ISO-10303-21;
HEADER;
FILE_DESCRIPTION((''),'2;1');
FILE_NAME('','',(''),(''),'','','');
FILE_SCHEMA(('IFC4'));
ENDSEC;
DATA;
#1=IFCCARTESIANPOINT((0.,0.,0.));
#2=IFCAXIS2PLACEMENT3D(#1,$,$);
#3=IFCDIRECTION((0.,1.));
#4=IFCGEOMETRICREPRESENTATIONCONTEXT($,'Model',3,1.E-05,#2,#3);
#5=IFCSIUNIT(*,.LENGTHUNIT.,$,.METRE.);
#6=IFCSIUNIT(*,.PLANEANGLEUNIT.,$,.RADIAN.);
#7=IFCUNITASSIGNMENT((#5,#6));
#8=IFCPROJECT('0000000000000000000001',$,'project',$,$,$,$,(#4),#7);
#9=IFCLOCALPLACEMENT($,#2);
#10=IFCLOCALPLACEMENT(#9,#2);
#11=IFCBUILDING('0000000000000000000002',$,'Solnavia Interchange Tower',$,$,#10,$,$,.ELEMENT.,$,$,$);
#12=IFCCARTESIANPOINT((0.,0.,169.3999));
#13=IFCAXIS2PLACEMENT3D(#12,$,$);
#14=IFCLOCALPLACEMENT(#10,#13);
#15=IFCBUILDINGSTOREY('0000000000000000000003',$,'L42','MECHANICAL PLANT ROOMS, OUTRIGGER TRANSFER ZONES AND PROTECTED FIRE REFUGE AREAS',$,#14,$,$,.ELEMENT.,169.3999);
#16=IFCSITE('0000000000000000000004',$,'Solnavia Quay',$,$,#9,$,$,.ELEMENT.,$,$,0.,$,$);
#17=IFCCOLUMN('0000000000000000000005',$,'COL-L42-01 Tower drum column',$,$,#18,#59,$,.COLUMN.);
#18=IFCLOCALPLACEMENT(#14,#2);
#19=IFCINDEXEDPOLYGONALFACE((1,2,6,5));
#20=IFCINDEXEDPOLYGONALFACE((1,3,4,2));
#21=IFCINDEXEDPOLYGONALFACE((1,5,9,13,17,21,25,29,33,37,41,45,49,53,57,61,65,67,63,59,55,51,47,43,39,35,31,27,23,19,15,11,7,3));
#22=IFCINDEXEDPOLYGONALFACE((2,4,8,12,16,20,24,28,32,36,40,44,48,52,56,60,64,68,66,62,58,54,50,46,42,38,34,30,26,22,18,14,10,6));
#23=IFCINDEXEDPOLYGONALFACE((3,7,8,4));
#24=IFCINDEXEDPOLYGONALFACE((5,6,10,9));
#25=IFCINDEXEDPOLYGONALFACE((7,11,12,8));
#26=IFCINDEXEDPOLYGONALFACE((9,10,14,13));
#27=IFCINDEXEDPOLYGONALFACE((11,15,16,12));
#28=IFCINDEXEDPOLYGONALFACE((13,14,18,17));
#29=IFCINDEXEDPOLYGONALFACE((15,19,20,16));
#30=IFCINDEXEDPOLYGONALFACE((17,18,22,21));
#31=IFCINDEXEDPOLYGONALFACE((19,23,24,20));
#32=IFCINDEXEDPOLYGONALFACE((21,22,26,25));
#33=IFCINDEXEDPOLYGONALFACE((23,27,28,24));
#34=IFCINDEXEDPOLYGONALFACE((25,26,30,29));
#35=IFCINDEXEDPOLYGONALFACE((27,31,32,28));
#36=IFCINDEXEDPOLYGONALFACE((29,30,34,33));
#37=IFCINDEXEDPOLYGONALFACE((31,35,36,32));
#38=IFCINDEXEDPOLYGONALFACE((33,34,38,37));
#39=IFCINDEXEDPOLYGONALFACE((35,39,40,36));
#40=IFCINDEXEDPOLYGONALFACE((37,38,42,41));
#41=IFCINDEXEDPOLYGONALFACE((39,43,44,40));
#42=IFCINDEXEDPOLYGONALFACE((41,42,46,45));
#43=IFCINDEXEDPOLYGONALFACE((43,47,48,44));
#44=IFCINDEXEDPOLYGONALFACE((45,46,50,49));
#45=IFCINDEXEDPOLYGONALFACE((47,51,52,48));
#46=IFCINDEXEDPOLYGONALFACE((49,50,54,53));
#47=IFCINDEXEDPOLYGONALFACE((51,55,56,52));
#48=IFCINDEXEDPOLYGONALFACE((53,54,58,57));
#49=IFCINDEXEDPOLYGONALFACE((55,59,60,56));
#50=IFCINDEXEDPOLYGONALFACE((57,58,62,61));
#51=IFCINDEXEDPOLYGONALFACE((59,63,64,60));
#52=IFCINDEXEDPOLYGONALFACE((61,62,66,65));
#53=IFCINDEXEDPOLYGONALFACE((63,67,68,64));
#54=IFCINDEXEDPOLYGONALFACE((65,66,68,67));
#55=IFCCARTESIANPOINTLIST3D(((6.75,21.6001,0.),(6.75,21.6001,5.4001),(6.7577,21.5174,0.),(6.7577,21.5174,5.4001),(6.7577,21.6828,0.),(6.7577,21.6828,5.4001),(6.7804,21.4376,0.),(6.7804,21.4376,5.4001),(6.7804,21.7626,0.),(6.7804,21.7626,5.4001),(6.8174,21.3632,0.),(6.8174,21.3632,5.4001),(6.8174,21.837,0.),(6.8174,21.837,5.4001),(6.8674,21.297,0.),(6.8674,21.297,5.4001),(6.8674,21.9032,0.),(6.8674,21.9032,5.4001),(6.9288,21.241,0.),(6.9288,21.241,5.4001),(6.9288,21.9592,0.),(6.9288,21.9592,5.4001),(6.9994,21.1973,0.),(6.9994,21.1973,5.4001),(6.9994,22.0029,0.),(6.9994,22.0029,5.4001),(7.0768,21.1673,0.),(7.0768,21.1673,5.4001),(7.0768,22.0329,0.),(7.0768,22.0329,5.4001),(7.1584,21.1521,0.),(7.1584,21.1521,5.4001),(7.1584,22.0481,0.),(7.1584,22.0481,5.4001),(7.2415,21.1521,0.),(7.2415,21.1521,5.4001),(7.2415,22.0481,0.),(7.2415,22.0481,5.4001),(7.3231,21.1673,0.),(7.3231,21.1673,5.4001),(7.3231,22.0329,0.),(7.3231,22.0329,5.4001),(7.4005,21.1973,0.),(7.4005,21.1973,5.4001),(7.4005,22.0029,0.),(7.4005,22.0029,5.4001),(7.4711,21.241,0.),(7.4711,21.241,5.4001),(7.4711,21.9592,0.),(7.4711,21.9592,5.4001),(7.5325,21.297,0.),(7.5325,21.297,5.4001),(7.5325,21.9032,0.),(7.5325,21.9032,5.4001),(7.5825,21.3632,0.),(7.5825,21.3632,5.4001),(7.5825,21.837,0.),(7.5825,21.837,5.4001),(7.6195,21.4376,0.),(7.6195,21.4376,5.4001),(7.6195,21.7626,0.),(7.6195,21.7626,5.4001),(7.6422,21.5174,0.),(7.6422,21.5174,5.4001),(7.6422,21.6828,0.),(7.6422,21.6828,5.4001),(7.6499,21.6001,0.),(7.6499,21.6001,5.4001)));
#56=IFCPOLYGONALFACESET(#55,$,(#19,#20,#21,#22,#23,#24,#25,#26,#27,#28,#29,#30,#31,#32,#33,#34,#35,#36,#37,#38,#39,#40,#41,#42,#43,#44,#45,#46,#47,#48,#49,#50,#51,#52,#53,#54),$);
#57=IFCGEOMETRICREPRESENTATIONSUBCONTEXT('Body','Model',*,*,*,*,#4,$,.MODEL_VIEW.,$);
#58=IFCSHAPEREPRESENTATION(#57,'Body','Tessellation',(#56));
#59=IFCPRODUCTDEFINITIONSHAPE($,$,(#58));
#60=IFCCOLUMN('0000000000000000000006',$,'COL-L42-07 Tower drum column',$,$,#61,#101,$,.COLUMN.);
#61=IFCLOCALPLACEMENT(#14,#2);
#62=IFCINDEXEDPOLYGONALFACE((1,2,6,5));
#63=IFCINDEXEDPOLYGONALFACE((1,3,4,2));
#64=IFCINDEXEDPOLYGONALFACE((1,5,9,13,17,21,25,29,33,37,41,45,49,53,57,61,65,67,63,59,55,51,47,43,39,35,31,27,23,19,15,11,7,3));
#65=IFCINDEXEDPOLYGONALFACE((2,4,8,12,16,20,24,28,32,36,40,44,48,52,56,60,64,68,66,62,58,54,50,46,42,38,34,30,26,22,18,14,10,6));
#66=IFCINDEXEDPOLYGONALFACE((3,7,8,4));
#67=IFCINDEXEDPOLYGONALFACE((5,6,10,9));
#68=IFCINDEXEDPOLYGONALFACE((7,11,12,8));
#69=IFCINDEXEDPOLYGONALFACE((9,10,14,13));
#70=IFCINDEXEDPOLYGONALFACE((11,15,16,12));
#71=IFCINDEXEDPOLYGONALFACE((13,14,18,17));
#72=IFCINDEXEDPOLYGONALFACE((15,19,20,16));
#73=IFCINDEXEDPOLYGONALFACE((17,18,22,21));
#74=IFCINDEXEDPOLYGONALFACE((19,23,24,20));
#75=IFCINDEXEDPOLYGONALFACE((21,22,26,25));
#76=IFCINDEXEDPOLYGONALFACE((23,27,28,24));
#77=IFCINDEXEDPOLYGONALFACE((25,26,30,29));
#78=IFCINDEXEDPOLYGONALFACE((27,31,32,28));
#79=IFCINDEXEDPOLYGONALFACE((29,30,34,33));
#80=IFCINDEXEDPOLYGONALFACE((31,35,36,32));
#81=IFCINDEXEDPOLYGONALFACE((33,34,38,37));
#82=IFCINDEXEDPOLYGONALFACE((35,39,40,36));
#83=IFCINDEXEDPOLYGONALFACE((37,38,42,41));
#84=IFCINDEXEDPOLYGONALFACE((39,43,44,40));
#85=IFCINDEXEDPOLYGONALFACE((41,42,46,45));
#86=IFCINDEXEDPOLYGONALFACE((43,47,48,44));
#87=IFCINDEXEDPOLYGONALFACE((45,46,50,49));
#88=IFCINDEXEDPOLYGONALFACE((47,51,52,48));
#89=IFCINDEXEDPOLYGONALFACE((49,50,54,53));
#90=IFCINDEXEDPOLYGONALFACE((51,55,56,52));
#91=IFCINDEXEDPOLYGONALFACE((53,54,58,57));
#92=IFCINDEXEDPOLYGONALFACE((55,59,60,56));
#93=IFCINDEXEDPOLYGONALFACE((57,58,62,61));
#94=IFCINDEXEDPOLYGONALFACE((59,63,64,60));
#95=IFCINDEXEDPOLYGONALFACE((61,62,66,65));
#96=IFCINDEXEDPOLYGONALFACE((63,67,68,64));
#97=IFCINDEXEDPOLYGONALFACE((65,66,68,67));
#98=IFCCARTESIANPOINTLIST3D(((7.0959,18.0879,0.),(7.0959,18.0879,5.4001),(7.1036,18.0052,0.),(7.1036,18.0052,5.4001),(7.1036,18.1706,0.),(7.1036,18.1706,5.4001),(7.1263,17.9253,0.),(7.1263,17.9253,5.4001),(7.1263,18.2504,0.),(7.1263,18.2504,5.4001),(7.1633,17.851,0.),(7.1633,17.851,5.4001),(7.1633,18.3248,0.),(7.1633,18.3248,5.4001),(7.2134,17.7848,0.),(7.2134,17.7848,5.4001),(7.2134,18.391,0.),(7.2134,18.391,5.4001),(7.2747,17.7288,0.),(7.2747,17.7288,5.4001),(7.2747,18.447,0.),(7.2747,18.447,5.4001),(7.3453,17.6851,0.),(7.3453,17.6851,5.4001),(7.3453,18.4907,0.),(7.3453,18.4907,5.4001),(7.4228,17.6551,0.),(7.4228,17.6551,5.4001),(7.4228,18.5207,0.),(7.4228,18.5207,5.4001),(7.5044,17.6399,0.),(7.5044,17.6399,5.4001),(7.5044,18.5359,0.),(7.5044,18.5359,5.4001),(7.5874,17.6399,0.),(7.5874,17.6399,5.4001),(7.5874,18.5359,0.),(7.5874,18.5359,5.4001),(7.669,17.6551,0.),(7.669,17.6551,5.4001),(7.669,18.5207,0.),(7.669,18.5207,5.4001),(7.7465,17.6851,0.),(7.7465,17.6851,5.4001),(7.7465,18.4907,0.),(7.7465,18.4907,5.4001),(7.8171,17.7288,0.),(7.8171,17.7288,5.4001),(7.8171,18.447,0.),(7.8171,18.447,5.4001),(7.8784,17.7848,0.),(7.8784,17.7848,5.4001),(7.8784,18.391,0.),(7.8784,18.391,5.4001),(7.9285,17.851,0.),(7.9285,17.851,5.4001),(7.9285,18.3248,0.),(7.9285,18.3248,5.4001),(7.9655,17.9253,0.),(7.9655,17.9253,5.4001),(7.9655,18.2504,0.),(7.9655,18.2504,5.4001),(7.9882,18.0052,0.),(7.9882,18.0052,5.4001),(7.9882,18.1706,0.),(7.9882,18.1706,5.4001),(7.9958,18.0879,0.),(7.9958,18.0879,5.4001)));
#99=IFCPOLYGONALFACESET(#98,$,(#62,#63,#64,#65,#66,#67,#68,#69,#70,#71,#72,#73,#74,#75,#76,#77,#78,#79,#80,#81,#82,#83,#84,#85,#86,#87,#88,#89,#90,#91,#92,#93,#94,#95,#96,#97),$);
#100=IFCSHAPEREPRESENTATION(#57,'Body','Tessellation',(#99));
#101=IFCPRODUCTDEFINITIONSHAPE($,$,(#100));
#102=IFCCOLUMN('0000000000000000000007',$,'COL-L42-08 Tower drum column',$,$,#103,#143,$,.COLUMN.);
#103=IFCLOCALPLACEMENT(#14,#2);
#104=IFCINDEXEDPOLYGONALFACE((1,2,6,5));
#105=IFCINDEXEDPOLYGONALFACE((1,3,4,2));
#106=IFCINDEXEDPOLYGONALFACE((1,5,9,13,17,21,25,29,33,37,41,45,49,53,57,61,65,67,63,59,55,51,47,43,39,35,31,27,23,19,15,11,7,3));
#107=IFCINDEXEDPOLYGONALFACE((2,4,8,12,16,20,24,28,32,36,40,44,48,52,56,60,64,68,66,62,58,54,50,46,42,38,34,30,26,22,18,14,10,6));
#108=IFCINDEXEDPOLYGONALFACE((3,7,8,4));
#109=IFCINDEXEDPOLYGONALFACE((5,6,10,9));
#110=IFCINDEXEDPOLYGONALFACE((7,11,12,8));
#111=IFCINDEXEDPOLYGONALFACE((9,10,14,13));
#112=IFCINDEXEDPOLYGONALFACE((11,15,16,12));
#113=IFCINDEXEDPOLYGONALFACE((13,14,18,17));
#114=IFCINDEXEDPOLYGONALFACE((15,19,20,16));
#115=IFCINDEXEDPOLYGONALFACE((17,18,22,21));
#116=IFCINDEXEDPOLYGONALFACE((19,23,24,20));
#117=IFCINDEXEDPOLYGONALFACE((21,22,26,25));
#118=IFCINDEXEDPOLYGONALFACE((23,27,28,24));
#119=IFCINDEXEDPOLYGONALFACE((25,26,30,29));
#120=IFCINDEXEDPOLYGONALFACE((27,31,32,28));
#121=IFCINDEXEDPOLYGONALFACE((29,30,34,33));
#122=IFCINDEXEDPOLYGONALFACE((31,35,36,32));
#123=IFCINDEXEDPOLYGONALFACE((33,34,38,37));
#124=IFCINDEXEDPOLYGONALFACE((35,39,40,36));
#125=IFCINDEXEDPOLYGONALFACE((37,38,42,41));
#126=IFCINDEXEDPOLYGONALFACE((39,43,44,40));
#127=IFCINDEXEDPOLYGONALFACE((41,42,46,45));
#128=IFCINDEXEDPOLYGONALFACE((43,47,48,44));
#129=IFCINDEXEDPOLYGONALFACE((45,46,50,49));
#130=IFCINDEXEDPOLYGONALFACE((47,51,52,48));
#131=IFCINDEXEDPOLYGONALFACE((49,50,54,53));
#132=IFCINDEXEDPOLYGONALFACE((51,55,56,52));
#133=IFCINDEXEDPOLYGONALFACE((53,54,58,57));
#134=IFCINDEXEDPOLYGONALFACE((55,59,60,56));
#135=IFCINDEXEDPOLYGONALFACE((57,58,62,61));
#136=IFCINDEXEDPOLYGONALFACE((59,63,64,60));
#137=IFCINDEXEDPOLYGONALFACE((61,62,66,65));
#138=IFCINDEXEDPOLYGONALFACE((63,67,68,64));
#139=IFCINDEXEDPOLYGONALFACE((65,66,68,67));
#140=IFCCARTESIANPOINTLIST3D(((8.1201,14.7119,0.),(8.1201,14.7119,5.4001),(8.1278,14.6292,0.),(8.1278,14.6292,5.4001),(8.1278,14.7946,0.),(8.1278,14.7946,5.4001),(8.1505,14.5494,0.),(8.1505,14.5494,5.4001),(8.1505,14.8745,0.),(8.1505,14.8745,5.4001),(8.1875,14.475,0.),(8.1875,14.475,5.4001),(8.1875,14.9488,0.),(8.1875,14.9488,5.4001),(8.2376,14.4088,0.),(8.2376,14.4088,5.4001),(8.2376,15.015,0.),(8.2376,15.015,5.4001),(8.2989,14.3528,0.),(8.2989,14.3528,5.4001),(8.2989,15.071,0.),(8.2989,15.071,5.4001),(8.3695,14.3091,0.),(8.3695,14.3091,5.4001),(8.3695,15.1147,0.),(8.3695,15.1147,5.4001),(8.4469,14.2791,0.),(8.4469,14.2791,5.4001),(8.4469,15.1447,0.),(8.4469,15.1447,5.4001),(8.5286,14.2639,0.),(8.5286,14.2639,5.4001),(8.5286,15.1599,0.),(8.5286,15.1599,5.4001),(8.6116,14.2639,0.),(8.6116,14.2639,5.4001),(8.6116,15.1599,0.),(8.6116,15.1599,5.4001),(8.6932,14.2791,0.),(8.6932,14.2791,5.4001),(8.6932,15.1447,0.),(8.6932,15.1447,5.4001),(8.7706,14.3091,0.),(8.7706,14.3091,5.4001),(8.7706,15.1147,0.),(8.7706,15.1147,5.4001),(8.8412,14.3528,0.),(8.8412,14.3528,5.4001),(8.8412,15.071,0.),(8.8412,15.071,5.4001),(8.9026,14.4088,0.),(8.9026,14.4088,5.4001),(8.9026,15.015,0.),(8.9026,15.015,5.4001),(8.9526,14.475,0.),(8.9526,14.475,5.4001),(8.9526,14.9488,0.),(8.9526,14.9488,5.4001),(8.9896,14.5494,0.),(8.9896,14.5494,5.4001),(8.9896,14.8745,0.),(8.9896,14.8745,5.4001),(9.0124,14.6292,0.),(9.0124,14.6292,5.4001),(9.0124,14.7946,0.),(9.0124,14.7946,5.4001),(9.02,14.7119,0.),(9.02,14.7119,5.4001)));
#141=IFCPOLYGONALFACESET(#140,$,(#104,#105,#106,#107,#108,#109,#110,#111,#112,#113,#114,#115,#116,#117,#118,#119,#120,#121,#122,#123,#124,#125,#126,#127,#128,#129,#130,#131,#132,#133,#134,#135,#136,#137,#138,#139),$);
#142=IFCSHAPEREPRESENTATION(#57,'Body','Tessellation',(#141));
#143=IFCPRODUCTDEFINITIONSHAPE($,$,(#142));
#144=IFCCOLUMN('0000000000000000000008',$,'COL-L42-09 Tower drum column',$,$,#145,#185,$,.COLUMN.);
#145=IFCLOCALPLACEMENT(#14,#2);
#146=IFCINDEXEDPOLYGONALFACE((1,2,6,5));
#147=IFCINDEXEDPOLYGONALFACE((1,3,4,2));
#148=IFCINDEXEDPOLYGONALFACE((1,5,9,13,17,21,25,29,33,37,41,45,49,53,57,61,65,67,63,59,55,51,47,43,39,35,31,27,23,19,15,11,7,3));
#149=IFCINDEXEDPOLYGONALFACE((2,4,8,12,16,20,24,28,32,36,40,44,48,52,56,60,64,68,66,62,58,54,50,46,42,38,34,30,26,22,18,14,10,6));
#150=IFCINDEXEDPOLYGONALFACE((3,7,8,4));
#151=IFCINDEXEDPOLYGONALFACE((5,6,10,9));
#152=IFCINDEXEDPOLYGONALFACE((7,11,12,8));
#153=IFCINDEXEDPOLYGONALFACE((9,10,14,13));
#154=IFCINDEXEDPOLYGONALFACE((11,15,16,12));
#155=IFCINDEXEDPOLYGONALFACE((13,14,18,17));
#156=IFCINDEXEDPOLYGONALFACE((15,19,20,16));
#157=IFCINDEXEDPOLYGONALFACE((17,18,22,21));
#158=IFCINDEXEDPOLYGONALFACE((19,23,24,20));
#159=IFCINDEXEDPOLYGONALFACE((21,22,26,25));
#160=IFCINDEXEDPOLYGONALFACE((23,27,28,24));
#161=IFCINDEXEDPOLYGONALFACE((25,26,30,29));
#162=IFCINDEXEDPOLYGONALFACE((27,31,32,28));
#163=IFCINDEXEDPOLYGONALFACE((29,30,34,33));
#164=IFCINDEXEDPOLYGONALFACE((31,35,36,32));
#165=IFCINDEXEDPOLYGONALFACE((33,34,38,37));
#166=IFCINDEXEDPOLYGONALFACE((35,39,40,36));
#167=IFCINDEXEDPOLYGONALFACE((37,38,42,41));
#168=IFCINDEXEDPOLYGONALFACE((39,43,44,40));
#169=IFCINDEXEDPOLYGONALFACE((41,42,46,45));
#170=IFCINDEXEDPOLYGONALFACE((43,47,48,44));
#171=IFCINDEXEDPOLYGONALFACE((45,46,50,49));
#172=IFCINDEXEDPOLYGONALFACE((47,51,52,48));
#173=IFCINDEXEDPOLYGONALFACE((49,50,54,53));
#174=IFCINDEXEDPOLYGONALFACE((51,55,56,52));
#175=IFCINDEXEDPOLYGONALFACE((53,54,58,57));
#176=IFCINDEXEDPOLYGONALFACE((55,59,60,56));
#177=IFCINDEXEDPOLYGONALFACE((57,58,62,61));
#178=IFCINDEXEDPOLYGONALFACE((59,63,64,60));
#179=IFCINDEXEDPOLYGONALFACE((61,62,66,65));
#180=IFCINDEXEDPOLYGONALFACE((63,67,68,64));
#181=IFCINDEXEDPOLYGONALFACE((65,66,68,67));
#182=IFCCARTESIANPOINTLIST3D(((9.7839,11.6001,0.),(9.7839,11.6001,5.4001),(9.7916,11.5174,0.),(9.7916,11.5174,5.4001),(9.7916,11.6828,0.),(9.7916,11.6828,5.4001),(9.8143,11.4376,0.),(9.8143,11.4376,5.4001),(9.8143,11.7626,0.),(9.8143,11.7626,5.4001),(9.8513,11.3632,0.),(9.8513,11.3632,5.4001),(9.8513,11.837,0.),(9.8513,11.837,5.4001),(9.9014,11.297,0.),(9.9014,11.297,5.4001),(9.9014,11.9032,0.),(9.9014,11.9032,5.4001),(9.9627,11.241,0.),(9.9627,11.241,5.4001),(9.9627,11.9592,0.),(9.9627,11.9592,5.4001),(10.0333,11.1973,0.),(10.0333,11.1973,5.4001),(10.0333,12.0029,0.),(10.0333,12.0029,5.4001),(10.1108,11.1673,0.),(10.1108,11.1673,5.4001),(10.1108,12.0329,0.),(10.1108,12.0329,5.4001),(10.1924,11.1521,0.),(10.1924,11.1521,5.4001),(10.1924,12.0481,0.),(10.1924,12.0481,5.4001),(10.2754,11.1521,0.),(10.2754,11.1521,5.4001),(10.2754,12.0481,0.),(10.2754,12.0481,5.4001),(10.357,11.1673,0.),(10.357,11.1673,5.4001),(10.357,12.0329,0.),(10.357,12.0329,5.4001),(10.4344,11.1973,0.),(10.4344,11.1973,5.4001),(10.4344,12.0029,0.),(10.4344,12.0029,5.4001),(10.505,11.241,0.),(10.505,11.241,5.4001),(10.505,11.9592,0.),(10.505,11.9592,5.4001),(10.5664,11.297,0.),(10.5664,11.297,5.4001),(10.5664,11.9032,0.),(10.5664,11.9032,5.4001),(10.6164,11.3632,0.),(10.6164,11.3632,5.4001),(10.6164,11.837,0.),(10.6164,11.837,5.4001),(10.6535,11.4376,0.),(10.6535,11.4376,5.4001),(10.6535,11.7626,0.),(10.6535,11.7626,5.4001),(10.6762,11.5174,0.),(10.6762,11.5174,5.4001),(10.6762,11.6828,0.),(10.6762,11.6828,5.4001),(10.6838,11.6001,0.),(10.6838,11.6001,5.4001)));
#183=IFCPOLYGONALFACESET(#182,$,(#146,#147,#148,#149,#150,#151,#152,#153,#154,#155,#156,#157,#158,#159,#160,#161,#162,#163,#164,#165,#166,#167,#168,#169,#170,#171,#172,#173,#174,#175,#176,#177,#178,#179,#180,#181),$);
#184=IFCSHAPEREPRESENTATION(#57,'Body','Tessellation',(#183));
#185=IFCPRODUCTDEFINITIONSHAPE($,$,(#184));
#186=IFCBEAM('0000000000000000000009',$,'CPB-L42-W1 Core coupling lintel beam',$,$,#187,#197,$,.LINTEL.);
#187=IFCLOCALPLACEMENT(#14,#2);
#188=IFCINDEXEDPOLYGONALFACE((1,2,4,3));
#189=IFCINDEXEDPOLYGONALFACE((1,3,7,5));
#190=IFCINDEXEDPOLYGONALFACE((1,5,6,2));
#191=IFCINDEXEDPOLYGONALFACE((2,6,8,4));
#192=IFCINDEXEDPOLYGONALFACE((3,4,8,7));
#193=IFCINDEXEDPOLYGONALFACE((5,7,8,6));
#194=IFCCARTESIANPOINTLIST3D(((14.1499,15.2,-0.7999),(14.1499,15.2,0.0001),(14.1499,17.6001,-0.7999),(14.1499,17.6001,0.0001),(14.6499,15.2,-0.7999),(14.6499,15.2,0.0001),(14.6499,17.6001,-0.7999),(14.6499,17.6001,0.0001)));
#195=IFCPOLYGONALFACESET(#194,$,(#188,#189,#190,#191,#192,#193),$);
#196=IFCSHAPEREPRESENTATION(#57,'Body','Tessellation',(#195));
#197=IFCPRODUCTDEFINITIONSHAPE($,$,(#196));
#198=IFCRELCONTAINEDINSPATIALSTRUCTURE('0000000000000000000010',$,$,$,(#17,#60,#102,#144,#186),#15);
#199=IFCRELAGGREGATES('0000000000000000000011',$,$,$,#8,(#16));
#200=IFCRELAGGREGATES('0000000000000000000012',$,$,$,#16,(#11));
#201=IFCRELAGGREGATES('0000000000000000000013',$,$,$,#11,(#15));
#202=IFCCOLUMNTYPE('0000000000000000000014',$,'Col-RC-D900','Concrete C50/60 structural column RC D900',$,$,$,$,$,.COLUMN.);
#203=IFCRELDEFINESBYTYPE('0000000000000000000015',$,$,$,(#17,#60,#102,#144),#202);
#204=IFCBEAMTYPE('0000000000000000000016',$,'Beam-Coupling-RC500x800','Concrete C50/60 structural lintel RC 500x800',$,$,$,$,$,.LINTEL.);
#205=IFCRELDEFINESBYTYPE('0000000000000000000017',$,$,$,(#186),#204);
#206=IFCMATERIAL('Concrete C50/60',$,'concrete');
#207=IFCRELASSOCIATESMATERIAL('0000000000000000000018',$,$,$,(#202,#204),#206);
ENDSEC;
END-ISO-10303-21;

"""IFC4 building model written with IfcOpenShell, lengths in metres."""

from ifc_helpers import new_model, si_unit, direction, frame, origin, origin_2d, place, context, subcontext, project, spatial, rectangle, circle, extrude, material, material_profile, profile_set, type_object, element, save


model = new_model("IFC4")

# Units and contexts
model_context = context("Model", 3, precision=1e-05, world=origin(), true_north=direction((0.0, 1.0)))
body_context = subcontext(model_context, "Body", "Model", "MODEL_VIEW")
ifc_project = project(units=[si_unit("LENGTHUNIT", "METRE"), si_unit("PLANEANGLEUNIT", "RADIAN")], contexts=[model_context])

# Site, building, storey
site_placement = place(None, origin())
site = spatial("IfcSite", under=ifc_project, at=site_placement, Name="Solnavia Quay", CompositionType="ELEMENT", RefElevation=0.0)
building_placement = place(site_placement, origin())
building = spatial("IfcBuilding", under=site, at=building_placement, Name="Solnavia Interchange Tower", CompositionType="ELEMENT")
storey_placement = place(building_placement, frame((0.0, 0.0, 169.3999)))
storey = spatial("IfcBuildingStorey", under=building, at=storey_placement, Name="L42", Description="MECHANICAL PLANT ROOMS, OUTRIGGER TRANSFER ZONES AND PROTECTED FIRE REFUGE AREAS", CompositionType="ELEMENT", Elevation=169.3999)

# Columns
ifc_material_1 = material(Name="Concrete C50/60", Category="concrete")
ifc_material_profile_1 = material_profile(ifc_material_1, circle(Radius=0.45, at=origin_2d()), Name="RC D900")
ifc_profile_set_1 = profile_set([ifc_material_profile_1], Name="Concrete C50/60")
column_type = type_object("IfcColumnType", Name="Col-RC-D900", Description="Concrete C50/60 structural column RC D900", PredefinedType="COLUMN", material=ifc_profile_set_1)
for number, where, z_axis, x_axis, name in (
    (1, (7.2, 21.6001, 0.0), (0.0, 0.0, 1.0), (1.0, 0.0, 0.0), "COL-L42-01 Tower drum column"),
    (2, (7.5459, 18.0879, 0.0), (0.0, 0.0, 1.0), (1.0, 0.0, 0.0), "COL-L42-07 Tower drum column"),
    (3, (8.5701, 14.7119, 0.0), (0.0, 0.0, 1.0), (1.0, 0.0, 0.0), "COL-L42-08 Tower drum column"),
    (4, (10.2339, 11.6001, 0.0), (0.0, 0.0, 1.0), (1.0, 0.0, 0.0), "COL-L42-09 Tower drum column"),
):
    element("IfcColumn", number, at=place(storey_placement, frame(where, z_axis=z_axis, x_axis=x_axis)), inside=storey, type_object=column_type, Name=name, PredefinedType="COLUMN", context=body_context, shape_type="SweptSolid", body=[
        extrude(circle(Radius=0.45, at=origin_2d()), origin(), (0.0, 0.0, 1.0), 5.4001),
    ])

# Beam
ifc_material_profile_2 = material_profile(ifc_material_1, rectangle(XDim=0.5, YDim=0.8, at=origin_2d()), Name="RC 500x800")
ifc_profile_set_2 = profile_set([ifc_material_profile_2], Name="Concrete C50/60")
beam_type_1 = type_object("IfcBeamType", Name="Beam-Coupling-RC500x800", Description="Concrete C50/60 structural lintel RC 500x800", PredefinedType="LINTEL", material=ifc_profile_set_2)
beam_1_placement = place(storey_placement, frame((14.3999, 15.2, -0.3999), z_axis=(0.0, 1.0, 0.0), x_axis=(-1.0, 0.0, 0.0)))
element("IfcBeam", 5, at=beam_1_placement, inside=storey, type_object=beam_type_1, Name="CPB-L42-W1 Core coupling lintel beam", PredefinedType="LINTEL", context=body_context, shape_type="SweptSolid", body=[
    extrude(rectangle(XDim=0.5, YDim=0.8, at=origin_2d()), origin(), (0.0, 0.0, 1.0), 2.4001),
])

save(model, "model.ifc")
